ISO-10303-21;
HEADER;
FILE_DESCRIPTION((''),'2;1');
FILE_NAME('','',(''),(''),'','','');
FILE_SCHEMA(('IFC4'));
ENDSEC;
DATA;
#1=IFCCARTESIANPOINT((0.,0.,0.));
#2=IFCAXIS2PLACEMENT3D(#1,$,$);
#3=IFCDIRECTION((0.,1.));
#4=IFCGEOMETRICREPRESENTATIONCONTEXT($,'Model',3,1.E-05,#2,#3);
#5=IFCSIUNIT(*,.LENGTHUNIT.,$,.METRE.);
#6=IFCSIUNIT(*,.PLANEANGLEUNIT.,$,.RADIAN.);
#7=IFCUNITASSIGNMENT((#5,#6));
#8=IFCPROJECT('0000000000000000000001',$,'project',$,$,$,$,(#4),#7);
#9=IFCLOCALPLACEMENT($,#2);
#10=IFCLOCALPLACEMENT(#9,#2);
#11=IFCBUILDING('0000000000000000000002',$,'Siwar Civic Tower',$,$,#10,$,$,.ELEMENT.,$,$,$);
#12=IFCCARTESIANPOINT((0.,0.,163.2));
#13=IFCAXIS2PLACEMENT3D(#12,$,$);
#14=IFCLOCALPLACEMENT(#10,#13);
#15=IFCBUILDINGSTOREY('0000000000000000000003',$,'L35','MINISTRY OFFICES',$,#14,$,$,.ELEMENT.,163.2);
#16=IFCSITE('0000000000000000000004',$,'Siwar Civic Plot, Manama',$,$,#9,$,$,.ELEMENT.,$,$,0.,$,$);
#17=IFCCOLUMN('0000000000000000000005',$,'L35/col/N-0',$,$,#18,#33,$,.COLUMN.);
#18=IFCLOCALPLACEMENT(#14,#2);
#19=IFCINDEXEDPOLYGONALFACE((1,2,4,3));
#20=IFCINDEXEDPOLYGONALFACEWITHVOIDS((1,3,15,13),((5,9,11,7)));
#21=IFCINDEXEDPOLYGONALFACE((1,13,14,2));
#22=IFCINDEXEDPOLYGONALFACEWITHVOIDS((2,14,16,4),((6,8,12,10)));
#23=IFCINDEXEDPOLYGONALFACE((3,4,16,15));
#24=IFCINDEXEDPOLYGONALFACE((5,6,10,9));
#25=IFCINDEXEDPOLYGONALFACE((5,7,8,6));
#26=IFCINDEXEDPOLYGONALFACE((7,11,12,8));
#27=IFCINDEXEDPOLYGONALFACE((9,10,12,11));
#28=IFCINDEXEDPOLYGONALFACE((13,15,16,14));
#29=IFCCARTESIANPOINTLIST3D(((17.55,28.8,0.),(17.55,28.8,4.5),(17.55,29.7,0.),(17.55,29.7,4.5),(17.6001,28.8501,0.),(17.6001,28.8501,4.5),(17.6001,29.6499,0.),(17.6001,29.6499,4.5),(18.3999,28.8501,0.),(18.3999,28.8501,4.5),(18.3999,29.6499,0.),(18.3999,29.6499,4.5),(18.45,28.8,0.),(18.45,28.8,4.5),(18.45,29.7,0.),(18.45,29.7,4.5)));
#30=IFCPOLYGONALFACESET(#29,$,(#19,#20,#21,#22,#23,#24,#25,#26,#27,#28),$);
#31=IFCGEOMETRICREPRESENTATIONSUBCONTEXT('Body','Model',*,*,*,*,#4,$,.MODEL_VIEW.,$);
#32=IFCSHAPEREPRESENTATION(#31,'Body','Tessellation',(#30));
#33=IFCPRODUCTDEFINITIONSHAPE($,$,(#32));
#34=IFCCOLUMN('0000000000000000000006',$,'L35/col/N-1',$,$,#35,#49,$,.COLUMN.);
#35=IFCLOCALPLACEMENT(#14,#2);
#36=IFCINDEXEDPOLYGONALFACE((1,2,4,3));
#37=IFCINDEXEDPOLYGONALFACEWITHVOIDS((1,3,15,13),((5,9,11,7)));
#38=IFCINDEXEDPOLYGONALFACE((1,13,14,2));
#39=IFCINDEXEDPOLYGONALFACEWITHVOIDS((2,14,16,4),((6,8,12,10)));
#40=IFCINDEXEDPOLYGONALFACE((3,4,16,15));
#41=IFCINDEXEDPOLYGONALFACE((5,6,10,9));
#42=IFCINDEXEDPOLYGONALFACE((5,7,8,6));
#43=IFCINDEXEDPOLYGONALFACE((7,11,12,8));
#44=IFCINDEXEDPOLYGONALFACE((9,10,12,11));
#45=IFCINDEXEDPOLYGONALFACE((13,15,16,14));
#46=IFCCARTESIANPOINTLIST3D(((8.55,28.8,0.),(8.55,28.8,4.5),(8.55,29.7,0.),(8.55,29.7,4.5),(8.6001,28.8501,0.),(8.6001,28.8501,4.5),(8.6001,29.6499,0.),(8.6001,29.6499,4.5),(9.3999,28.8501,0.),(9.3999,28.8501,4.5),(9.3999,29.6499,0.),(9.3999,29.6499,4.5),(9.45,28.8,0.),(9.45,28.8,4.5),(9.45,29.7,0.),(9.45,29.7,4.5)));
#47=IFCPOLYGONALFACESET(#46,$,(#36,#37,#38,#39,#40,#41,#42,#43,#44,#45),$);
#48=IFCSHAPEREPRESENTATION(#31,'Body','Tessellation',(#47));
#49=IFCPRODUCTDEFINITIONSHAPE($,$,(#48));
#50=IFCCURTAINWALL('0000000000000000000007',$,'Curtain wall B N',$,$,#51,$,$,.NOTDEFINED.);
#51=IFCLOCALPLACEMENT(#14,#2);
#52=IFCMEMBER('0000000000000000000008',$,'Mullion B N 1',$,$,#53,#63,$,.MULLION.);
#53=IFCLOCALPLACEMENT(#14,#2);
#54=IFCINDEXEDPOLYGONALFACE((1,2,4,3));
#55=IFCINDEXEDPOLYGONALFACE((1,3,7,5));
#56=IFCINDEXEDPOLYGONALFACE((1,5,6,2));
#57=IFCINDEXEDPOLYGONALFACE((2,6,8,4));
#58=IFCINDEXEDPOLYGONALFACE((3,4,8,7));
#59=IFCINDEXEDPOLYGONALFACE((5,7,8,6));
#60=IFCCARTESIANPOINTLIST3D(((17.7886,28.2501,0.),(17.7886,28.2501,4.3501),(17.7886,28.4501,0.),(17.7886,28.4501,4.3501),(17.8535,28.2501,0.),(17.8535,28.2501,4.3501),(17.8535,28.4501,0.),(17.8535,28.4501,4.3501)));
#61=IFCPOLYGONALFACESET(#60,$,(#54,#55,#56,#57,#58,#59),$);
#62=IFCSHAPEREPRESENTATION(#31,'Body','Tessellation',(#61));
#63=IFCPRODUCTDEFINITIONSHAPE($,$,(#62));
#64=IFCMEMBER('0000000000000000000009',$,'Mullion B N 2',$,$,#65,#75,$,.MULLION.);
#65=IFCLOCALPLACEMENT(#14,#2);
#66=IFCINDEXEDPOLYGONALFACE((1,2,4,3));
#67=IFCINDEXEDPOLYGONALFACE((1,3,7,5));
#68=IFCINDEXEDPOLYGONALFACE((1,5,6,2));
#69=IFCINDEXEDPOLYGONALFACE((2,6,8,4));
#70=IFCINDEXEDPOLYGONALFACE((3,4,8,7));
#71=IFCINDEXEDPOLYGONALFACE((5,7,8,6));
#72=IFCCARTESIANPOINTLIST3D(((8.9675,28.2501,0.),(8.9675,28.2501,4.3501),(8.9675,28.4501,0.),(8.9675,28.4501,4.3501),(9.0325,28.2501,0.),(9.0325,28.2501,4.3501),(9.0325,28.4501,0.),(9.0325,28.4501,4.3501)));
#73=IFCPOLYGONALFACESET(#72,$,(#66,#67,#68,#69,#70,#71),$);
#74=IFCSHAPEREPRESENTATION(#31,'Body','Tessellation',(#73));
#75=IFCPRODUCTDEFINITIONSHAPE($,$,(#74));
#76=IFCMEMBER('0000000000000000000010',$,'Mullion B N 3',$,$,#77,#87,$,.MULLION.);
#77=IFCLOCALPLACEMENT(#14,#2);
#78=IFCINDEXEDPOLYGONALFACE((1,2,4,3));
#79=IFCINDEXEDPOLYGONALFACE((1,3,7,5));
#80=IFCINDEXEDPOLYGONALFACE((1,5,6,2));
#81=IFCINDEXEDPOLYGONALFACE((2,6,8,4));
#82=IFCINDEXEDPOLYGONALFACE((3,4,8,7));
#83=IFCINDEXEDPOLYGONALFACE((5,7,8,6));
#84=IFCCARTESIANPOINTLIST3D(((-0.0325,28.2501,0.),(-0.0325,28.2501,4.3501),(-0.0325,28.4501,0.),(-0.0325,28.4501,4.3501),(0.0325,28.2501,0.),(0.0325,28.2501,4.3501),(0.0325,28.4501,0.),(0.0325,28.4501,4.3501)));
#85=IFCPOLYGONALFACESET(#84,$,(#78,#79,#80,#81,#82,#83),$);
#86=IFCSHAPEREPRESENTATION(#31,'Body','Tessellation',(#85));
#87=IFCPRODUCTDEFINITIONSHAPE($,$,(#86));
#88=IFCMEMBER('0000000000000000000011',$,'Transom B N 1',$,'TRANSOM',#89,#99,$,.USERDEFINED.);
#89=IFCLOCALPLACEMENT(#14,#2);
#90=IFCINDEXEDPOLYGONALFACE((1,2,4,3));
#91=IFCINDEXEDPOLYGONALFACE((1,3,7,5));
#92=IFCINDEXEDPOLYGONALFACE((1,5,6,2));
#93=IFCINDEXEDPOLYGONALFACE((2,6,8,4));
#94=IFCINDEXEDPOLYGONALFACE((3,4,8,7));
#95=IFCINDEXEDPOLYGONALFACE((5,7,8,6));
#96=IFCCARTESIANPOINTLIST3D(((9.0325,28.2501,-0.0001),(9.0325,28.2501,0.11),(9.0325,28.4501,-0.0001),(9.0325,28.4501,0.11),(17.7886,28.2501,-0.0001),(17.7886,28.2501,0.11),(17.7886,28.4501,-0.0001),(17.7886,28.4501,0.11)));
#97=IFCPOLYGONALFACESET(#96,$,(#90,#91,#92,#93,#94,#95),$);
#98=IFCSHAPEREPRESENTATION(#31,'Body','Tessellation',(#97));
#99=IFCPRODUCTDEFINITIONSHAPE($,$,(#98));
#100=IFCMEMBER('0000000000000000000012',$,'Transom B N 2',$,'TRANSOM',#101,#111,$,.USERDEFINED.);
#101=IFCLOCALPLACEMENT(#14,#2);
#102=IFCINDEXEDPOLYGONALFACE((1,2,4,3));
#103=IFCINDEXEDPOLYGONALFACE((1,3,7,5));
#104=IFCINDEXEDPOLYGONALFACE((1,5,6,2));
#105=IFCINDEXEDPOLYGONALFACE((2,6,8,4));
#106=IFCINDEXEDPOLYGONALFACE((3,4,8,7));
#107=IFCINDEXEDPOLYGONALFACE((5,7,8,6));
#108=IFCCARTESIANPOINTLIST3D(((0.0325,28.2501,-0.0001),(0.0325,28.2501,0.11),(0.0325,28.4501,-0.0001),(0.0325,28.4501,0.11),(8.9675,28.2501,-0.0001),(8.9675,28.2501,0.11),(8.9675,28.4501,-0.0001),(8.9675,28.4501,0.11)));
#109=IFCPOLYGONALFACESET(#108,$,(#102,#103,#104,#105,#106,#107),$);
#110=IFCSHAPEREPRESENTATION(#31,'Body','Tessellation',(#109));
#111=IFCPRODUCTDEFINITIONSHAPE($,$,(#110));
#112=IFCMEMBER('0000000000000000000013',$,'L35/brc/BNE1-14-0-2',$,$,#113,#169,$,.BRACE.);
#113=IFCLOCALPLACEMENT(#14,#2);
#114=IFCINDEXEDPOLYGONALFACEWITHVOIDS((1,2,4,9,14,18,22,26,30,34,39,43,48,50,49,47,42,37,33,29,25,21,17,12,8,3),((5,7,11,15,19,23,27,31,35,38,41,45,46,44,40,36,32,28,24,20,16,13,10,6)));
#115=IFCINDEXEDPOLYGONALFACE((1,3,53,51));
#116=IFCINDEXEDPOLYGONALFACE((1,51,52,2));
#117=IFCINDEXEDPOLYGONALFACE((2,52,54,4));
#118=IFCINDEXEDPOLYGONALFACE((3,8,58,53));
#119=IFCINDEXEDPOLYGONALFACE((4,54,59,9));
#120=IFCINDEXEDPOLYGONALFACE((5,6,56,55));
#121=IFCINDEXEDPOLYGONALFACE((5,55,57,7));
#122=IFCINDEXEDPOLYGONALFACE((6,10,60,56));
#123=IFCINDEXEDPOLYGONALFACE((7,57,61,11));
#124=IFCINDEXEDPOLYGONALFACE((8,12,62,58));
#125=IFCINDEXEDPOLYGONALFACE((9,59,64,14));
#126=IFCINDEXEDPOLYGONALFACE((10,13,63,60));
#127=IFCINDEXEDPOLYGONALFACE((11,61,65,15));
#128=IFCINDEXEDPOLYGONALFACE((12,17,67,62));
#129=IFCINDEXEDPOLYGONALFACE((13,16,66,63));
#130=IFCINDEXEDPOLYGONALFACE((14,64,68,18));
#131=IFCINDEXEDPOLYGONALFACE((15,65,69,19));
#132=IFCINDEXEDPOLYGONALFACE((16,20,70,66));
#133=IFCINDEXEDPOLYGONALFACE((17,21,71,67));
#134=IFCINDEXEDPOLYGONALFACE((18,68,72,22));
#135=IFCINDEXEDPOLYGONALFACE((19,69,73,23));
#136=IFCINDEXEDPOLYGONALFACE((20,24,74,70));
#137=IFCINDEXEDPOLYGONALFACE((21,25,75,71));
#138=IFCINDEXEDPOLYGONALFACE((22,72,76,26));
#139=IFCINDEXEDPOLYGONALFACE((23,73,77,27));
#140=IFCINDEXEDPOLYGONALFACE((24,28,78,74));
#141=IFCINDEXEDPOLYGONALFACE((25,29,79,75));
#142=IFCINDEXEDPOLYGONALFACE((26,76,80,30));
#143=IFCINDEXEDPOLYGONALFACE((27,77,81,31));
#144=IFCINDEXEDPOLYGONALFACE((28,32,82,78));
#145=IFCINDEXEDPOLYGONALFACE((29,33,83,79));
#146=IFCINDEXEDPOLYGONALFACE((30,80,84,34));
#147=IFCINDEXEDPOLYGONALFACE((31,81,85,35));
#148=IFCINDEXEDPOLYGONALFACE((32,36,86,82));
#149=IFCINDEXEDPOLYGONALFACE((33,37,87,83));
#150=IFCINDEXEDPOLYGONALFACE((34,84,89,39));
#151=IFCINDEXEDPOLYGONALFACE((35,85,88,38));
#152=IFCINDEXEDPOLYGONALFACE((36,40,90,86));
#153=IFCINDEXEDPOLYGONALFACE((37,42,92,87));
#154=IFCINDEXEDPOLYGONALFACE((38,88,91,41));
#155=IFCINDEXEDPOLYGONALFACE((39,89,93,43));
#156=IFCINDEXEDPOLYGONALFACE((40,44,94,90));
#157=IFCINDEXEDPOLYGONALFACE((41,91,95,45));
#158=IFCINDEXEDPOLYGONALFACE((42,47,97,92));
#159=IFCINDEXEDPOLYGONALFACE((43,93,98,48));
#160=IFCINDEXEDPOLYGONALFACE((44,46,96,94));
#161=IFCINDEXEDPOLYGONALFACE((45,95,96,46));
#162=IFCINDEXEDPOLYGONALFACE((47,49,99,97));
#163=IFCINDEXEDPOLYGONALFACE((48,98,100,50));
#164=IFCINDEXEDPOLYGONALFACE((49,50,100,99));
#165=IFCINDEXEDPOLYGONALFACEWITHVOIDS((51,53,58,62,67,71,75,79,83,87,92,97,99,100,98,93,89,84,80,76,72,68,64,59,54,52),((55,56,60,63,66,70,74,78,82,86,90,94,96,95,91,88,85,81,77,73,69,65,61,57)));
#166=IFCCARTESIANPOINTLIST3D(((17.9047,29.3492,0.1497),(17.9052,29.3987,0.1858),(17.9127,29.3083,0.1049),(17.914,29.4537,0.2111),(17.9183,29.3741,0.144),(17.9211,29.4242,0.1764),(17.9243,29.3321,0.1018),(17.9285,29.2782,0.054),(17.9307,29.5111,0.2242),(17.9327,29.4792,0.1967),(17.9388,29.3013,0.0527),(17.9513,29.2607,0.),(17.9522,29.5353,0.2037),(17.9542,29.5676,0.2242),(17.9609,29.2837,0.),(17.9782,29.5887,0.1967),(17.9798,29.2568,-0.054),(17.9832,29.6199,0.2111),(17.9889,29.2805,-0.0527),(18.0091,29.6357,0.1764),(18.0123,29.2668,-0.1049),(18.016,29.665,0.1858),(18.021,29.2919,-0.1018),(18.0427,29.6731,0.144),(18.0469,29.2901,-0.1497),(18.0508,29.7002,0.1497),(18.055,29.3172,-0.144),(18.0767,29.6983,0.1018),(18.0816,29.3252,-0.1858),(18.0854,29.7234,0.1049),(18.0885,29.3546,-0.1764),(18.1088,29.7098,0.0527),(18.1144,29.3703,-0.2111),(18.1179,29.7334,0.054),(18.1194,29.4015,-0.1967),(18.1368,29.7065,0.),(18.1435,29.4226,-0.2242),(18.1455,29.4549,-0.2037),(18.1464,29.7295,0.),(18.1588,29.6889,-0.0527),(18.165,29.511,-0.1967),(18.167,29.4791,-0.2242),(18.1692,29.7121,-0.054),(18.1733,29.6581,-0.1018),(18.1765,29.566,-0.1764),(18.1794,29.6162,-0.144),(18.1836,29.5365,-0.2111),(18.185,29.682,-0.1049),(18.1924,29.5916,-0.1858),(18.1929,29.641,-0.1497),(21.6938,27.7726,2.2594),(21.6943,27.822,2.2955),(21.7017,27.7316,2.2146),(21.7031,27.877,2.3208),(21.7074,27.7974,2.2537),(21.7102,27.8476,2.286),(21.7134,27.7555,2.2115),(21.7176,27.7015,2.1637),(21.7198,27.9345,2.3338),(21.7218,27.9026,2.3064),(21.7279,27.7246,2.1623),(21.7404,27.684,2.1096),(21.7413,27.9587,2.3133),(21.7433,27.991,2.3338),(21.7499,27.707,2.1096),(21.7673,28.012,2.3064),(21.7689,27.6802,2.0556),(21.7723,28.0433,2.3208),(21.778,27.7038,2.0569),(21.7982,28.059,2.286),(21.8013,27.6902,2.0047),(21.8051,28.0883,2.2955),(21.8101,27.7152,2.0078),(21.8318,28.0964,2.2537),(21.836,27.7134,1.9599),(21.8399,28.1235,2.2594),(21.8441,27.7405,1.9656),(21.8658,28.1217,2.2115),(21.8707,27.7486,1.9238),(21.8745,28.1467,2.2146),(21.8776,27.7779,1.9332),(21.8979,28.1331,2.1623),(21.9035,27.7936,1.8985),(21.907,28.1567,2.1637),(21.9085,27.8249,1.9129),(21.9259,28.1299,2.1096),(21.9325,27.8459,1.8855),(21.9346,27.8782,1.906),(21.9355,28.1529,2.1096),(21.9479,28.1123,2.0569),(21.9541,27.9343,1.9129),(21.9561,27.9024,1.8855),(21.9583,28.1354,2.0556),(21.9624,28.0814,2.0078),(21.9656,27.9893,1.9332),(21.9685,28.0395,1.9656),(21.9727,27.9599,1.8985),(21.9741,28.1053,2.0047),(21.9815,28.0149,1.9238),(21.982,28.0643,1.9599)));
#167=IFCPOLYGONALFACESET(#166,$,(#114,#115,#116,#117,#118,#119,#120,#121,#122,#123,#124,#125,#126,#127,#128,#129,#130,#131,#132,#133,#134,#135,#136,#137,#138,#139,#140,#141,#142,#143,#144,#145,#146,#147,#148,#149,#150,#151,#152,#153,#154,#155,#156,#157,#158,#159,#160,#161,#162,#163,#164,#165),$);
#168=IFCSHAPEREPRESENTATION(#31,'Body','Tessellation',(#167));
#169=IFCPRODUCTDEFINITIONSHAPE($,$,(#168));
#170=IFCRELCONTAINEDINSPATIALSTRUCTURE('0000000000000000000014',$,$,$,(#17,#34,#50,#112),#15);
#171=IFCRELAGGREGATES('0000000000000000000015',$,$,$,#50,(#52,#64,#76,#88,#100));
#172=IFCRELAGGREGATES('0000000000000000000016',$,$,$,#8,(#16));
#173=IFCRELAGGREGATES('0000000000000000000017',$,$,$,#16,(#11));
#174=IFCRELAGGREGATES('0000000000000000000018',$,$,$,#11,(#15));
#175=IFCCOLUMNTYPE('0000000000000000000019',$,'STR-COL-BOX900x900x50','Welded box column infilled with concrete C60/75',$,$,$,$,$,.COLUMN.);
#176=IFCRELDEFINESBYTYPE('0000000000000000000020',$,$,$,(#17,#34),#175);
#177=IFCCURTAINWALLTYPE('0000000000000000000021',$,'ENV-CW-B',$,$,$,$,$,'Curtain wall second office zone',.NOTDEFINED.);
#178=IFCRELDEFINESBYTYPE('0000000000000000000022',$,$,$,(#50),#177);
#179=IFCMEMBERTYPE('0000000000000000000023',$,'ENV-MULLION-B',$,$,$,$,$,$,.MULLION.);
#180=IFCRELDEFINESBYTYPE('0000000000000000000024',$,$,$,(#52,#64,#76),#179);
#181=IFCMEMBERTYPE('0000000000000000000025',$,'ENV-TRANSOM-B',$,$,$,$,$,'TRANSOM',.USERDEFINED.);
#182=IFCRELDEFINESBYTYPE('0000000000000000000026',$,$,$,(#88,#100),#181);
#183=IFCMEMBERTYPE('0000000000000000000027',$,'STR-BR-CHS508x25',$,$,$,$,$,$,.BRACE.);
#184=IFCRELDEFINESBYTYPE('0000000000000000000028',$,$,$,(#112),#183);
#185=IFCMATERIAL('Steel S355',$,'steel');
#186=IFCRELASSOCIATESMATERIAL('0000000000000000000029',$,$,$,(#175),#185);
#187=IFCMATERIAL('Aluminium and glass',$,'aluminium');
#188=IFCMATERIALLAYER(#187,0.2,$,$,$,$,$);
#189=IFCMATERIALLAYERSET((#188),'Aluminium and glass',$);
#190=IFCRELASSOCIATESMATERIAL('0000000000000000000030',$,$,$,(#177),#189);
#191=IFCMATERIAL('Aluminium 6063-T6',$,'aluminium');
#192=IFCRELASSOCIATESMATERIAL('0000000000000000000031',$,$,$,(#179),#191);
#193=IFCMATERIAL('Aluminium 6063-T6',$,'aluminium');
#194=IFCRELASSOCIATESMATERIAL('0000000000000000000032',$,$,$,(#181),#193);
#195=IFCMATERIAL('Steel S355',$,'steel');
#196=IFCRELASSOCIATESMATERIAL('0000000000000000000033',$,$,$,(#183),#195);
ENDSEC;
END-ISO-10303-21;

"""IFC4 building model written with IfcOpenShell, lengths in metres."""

from ifc_helpers import new_model, si_unit, direction, frame, origin, origin_2d, place, context, subcontext, project, spatial, rectangle, hollow_rectangle, hollow_circle, extrude, material, layer, layer_set, material_profile, profile_set, type_object, element, aggregate, save


model = new_model("IFC4")

# Units and contexts
model_context = context("Model", 3, precision=1e-05, world=origin(), true_north=direction((0.0, 1.0)))
body_context = subcontext(model_context, "Body", "Model", "MODEL_VIEW")
ifc_project = project(units=[si_unit("LENGTHUNIT", "METRE"), si_unit("PLANEANGLEUNIT", "RADIAN")], contexts=[model_context])

# Site, building, storey
site_placement = place(None, origin())
site = spatial("IfcSite", under=ifc_project, at=site_placement, Name="Siwar Civic Plot, Manama", CompositionType="ELEMENT", RefElevation=0.0)
building_placement = place(site_placement, origin())
building = spatial("IfcBuilding", under=site, at=building_placement, Name="Siwar Civic Tower", CompositionType="ELEMENT")
storey_placement = place(building_placement, frame((0.0, 0.0, 163.2)))
storey = spatial("IfcBuildingStorey", under=building, at=storey_placement, Name="L35", Description="MINISTRY OFFICES", CompositionType="ELEMENT", Elevation=163.2)

# Columns
ifc_material_1 = material(Name="Steel S355", Category="steel")
ifc_material_profile_1 = material_profile(ifc_material_1, hollow_rectangle(XDim=0.8999, YDim=0.8999, WallThickness=0.05, at=origin_2d()), Name="BOX900x900x50")
ifc_profile_set_1 = profile_set([ifc_material_profile_1], Name="Steel S355")
column_type = type_object("IfcColumnType", Name="STR-COL-BOX900x900x50", Description="Welded box column infilled with concrete C60/75", PredefinedType="COLUMN", material=ifc_profile_set_1)
for number, where, z_axis, x_axis, name in (
    (1, (18.0, 29.25, 0.0), (0.0, 0.0, 1.0), (1.0, 0.0, 0.0), "L35/col/N-0"),
    (2, (9.0, 29.25, 0.0), (0.0, 0.0, 1.0), (1.0, 0.0, 0.0), "L35/col/N-1"),
):
    element("IfcColumn", number, at=place(storey_placement, frame(where, z_axis=z_axis, x_axis=x_axis)), inside=storey, type_object=column_type, Name=name, PredefinedType="COLUMN", context=body_context, shape_type="SweptSolid", body=[
        extrude(hollow_rectangle(XDim=0.8999, YDim=0.8999, WallThickness=0.05, at=origin_2d()), origin(), (0.0, 0.0, 1.0), 4.5),
    ])

# Curtain wall, members
ifc_material_2 = material(Name="Aluminium and glass", Category="aluminium")
ifc_layer_1 = layer(ifc_material_2, 0.2)
ifc_layer_set_1 = layer_set([ifc_layer_1], Name="Aluminium and glass")
curtain_wall_type = type_object("IfcCurtainWallType", Name="ENV-CW-B", ElementType="Curtain wall second office zone", PredefinedType="NOTDEFINED", material=ifc_layer_set_1)
curtain_wall_placement = place(storey_placement, origin())
curtain_wall = element("IfcCurtainWall", 3, at=curtain_wall_placement, inside=storey, type_object=curtain_wall_type, Name="Curtain wall B N", PredefinedType="NOTDEFINED")
ifc_material_3 = material(Name="Aluminium 6063-T6", Category="aluminium")
ifc_material_profile_2 = material_profile(ifc_material_3, rectangle(XDim=0.2, YDim=0.0649, at=origin_2d()), Name="AL 200x65")
ifc_profile_set_2 = profile_set([ifc_material_profile_2], Name="Aluminium 6063-T6")
member_type_1 = type_object("IfcMemberType", Name="ENV-MULLION-B", PredefinedType="MULLION", material=ifc_profile_set_2)
member_1_placement = place(storey_placement, frame((17.821, 28.3501, 0.0), z_axis=(0.0, 0.0, 1.0), x_axis=(0.0, -1.0, 0.0)))
member_1 = element("IfcMember", 4, at=member_1_placement, type_object=member_type_1, Name="Mullion B N 1", PredefinedType="MULLION", context=body_context, shape_type="SweptSolid", body=[
    extrude(rectangle(XDim=0.2, YDim=0.0649, at=origin_2d()), origin(), (0.0, 0.0, 1.0), 4.3501),
])
member_2_placement = place(storey_placement, frame((9.0, 28.3501, 0.0), z_axis=(0.0, 0.0, 1.0), x_axis=(0.0, -1.0, 0.0)))
member_2 = element("IfcMember", 5, at=member_2_placement, type_object=member_type_1, Name="Mullion B N 2", PredefinedType="MULLION", context=body_context, shape_type="SweptSolid", body=[
    extrude(rectangle(XDim=0.2, YDim=0.0649, at=origin_2d()), origin(), (0.0, 0.0, 1.0), 4.3501),
])
member_3_placement = place(storey_placement, frame((0.0, 28.3501, 0.0), z_axis=(0.0, 0.0, 1.0), x_axis=(0.0, -1.0, 0.0)))
member_3 = element("IfcMember", 6, at=member_3_placement, type_object=member_type_1, Name="Mullion B N 3", PredefinedType="MULLION", context=body_context, shape_type="SweptSolid", body=[
    extrude(rectangle(XDim=0.2, YDim=0.0649, at=origin_2d()), origin(), (0.0, 0.0, 1.0), 4.3501),
])
ifc_material_4 = material(Name="Aluminium 6063-T6", Category="aluminium")
ifc_material_profile_3 = material_profile(ifc_material_4, rectangle(XDim=0.2, YDim=0.1101, at=origin_2d()), Name="AL 200x110")
ifc_profile_set_3 = profile_set([ifc_material_profile_3], Name="Aluminium 6063-T6")
member_type_2 = type_object("IfcMemberType", Name="ENV-TRANSOM-B", ElementType="TRANSOM", PredefinedType="USERDEFINED", material=ifc_profile_set_3)
member_4_placement = place(storey_placement, frame((17.7886, 28.3501, 0.0549), z_axis=(-1.0, 0.0, 0.0), x_axis=(0.0, -1.0, 0.0)))
member_4 = element("IfcMember", 7, at=member_4_placement, type_object=member_type_2, Name="Transom B N 1", ObjectType="TRANSOM", PredefinedType="USERDEFINED", context=body_context, shape_type="SweptSolid", body=[
    extrude(rectangle(XDim=0.2, YDim=0.1101, at=origin_2d()), origin(), (0.0, 0.0, 1.0), 8.7561),
])
member_5_placement = place(storey_placement, frame((8.9675, 28.3501, 0.0549), z_axis=(-1.0, 0.0, 0.0), x_axis=(0.0, -1.0, 0.0)))
member_5 = element("IfcMember", 8, at=member_5_placement, type_object=member_type_2, Name="Transom B N 2", ObjectType="TRANSOM", PredefinedType="USERDEFINED", context=body_context, shape_type="SweptSolid", body=[
    extrude(rectangle(XDim=0.2, YDim=0.1101, at=origin_2d()), origin(), (0.0, 0.0, 1.0), 8.9351),
])

# Member
ifc_material_5 = material(Name="Steel S355", Category="steel")
ifc_material_profile_4 = material_profile(ifc_material_5, hollow_circle(Radius=0.2539, WallThickness=0.0249, at=origin_2d()), Name="CHS508x25")
ifc_profile_set_4 = profile_set([ifc_material_profile_4], Name="Steel S355")
member_type_3 = type_object("IfcMemberType", Name="STR-BR-CHS508x25", PredefinedType="BRACE", material=ifc_profile_set_4)
member_6_placement = place(storey_placement, frame((18.0488, 29.4951, 0.0), z_axis=(0.821126, -0.341677, 0.457175), x_axis=(0.384176, 0.92326, 0.0)))
element("IfcMember", 9, at=member_6_placement, inside=storey, type_object=member_type_3, Name="L35/brc/BNE1-14-0-2", PredefinedType="BRACE", context=body_context, shape_type="SweptSolid", body=[
    extrude(hollow_circle(Radius=0.2539, WallThickness=0.0249, at=origin_2d()), origin(), (0.0, 0.0, 1.0), 4.6145),
])

aggregate(curtain_wall, [member_1, member_2, member_3, member_4, member_5])

save(model, "model.ifc")
